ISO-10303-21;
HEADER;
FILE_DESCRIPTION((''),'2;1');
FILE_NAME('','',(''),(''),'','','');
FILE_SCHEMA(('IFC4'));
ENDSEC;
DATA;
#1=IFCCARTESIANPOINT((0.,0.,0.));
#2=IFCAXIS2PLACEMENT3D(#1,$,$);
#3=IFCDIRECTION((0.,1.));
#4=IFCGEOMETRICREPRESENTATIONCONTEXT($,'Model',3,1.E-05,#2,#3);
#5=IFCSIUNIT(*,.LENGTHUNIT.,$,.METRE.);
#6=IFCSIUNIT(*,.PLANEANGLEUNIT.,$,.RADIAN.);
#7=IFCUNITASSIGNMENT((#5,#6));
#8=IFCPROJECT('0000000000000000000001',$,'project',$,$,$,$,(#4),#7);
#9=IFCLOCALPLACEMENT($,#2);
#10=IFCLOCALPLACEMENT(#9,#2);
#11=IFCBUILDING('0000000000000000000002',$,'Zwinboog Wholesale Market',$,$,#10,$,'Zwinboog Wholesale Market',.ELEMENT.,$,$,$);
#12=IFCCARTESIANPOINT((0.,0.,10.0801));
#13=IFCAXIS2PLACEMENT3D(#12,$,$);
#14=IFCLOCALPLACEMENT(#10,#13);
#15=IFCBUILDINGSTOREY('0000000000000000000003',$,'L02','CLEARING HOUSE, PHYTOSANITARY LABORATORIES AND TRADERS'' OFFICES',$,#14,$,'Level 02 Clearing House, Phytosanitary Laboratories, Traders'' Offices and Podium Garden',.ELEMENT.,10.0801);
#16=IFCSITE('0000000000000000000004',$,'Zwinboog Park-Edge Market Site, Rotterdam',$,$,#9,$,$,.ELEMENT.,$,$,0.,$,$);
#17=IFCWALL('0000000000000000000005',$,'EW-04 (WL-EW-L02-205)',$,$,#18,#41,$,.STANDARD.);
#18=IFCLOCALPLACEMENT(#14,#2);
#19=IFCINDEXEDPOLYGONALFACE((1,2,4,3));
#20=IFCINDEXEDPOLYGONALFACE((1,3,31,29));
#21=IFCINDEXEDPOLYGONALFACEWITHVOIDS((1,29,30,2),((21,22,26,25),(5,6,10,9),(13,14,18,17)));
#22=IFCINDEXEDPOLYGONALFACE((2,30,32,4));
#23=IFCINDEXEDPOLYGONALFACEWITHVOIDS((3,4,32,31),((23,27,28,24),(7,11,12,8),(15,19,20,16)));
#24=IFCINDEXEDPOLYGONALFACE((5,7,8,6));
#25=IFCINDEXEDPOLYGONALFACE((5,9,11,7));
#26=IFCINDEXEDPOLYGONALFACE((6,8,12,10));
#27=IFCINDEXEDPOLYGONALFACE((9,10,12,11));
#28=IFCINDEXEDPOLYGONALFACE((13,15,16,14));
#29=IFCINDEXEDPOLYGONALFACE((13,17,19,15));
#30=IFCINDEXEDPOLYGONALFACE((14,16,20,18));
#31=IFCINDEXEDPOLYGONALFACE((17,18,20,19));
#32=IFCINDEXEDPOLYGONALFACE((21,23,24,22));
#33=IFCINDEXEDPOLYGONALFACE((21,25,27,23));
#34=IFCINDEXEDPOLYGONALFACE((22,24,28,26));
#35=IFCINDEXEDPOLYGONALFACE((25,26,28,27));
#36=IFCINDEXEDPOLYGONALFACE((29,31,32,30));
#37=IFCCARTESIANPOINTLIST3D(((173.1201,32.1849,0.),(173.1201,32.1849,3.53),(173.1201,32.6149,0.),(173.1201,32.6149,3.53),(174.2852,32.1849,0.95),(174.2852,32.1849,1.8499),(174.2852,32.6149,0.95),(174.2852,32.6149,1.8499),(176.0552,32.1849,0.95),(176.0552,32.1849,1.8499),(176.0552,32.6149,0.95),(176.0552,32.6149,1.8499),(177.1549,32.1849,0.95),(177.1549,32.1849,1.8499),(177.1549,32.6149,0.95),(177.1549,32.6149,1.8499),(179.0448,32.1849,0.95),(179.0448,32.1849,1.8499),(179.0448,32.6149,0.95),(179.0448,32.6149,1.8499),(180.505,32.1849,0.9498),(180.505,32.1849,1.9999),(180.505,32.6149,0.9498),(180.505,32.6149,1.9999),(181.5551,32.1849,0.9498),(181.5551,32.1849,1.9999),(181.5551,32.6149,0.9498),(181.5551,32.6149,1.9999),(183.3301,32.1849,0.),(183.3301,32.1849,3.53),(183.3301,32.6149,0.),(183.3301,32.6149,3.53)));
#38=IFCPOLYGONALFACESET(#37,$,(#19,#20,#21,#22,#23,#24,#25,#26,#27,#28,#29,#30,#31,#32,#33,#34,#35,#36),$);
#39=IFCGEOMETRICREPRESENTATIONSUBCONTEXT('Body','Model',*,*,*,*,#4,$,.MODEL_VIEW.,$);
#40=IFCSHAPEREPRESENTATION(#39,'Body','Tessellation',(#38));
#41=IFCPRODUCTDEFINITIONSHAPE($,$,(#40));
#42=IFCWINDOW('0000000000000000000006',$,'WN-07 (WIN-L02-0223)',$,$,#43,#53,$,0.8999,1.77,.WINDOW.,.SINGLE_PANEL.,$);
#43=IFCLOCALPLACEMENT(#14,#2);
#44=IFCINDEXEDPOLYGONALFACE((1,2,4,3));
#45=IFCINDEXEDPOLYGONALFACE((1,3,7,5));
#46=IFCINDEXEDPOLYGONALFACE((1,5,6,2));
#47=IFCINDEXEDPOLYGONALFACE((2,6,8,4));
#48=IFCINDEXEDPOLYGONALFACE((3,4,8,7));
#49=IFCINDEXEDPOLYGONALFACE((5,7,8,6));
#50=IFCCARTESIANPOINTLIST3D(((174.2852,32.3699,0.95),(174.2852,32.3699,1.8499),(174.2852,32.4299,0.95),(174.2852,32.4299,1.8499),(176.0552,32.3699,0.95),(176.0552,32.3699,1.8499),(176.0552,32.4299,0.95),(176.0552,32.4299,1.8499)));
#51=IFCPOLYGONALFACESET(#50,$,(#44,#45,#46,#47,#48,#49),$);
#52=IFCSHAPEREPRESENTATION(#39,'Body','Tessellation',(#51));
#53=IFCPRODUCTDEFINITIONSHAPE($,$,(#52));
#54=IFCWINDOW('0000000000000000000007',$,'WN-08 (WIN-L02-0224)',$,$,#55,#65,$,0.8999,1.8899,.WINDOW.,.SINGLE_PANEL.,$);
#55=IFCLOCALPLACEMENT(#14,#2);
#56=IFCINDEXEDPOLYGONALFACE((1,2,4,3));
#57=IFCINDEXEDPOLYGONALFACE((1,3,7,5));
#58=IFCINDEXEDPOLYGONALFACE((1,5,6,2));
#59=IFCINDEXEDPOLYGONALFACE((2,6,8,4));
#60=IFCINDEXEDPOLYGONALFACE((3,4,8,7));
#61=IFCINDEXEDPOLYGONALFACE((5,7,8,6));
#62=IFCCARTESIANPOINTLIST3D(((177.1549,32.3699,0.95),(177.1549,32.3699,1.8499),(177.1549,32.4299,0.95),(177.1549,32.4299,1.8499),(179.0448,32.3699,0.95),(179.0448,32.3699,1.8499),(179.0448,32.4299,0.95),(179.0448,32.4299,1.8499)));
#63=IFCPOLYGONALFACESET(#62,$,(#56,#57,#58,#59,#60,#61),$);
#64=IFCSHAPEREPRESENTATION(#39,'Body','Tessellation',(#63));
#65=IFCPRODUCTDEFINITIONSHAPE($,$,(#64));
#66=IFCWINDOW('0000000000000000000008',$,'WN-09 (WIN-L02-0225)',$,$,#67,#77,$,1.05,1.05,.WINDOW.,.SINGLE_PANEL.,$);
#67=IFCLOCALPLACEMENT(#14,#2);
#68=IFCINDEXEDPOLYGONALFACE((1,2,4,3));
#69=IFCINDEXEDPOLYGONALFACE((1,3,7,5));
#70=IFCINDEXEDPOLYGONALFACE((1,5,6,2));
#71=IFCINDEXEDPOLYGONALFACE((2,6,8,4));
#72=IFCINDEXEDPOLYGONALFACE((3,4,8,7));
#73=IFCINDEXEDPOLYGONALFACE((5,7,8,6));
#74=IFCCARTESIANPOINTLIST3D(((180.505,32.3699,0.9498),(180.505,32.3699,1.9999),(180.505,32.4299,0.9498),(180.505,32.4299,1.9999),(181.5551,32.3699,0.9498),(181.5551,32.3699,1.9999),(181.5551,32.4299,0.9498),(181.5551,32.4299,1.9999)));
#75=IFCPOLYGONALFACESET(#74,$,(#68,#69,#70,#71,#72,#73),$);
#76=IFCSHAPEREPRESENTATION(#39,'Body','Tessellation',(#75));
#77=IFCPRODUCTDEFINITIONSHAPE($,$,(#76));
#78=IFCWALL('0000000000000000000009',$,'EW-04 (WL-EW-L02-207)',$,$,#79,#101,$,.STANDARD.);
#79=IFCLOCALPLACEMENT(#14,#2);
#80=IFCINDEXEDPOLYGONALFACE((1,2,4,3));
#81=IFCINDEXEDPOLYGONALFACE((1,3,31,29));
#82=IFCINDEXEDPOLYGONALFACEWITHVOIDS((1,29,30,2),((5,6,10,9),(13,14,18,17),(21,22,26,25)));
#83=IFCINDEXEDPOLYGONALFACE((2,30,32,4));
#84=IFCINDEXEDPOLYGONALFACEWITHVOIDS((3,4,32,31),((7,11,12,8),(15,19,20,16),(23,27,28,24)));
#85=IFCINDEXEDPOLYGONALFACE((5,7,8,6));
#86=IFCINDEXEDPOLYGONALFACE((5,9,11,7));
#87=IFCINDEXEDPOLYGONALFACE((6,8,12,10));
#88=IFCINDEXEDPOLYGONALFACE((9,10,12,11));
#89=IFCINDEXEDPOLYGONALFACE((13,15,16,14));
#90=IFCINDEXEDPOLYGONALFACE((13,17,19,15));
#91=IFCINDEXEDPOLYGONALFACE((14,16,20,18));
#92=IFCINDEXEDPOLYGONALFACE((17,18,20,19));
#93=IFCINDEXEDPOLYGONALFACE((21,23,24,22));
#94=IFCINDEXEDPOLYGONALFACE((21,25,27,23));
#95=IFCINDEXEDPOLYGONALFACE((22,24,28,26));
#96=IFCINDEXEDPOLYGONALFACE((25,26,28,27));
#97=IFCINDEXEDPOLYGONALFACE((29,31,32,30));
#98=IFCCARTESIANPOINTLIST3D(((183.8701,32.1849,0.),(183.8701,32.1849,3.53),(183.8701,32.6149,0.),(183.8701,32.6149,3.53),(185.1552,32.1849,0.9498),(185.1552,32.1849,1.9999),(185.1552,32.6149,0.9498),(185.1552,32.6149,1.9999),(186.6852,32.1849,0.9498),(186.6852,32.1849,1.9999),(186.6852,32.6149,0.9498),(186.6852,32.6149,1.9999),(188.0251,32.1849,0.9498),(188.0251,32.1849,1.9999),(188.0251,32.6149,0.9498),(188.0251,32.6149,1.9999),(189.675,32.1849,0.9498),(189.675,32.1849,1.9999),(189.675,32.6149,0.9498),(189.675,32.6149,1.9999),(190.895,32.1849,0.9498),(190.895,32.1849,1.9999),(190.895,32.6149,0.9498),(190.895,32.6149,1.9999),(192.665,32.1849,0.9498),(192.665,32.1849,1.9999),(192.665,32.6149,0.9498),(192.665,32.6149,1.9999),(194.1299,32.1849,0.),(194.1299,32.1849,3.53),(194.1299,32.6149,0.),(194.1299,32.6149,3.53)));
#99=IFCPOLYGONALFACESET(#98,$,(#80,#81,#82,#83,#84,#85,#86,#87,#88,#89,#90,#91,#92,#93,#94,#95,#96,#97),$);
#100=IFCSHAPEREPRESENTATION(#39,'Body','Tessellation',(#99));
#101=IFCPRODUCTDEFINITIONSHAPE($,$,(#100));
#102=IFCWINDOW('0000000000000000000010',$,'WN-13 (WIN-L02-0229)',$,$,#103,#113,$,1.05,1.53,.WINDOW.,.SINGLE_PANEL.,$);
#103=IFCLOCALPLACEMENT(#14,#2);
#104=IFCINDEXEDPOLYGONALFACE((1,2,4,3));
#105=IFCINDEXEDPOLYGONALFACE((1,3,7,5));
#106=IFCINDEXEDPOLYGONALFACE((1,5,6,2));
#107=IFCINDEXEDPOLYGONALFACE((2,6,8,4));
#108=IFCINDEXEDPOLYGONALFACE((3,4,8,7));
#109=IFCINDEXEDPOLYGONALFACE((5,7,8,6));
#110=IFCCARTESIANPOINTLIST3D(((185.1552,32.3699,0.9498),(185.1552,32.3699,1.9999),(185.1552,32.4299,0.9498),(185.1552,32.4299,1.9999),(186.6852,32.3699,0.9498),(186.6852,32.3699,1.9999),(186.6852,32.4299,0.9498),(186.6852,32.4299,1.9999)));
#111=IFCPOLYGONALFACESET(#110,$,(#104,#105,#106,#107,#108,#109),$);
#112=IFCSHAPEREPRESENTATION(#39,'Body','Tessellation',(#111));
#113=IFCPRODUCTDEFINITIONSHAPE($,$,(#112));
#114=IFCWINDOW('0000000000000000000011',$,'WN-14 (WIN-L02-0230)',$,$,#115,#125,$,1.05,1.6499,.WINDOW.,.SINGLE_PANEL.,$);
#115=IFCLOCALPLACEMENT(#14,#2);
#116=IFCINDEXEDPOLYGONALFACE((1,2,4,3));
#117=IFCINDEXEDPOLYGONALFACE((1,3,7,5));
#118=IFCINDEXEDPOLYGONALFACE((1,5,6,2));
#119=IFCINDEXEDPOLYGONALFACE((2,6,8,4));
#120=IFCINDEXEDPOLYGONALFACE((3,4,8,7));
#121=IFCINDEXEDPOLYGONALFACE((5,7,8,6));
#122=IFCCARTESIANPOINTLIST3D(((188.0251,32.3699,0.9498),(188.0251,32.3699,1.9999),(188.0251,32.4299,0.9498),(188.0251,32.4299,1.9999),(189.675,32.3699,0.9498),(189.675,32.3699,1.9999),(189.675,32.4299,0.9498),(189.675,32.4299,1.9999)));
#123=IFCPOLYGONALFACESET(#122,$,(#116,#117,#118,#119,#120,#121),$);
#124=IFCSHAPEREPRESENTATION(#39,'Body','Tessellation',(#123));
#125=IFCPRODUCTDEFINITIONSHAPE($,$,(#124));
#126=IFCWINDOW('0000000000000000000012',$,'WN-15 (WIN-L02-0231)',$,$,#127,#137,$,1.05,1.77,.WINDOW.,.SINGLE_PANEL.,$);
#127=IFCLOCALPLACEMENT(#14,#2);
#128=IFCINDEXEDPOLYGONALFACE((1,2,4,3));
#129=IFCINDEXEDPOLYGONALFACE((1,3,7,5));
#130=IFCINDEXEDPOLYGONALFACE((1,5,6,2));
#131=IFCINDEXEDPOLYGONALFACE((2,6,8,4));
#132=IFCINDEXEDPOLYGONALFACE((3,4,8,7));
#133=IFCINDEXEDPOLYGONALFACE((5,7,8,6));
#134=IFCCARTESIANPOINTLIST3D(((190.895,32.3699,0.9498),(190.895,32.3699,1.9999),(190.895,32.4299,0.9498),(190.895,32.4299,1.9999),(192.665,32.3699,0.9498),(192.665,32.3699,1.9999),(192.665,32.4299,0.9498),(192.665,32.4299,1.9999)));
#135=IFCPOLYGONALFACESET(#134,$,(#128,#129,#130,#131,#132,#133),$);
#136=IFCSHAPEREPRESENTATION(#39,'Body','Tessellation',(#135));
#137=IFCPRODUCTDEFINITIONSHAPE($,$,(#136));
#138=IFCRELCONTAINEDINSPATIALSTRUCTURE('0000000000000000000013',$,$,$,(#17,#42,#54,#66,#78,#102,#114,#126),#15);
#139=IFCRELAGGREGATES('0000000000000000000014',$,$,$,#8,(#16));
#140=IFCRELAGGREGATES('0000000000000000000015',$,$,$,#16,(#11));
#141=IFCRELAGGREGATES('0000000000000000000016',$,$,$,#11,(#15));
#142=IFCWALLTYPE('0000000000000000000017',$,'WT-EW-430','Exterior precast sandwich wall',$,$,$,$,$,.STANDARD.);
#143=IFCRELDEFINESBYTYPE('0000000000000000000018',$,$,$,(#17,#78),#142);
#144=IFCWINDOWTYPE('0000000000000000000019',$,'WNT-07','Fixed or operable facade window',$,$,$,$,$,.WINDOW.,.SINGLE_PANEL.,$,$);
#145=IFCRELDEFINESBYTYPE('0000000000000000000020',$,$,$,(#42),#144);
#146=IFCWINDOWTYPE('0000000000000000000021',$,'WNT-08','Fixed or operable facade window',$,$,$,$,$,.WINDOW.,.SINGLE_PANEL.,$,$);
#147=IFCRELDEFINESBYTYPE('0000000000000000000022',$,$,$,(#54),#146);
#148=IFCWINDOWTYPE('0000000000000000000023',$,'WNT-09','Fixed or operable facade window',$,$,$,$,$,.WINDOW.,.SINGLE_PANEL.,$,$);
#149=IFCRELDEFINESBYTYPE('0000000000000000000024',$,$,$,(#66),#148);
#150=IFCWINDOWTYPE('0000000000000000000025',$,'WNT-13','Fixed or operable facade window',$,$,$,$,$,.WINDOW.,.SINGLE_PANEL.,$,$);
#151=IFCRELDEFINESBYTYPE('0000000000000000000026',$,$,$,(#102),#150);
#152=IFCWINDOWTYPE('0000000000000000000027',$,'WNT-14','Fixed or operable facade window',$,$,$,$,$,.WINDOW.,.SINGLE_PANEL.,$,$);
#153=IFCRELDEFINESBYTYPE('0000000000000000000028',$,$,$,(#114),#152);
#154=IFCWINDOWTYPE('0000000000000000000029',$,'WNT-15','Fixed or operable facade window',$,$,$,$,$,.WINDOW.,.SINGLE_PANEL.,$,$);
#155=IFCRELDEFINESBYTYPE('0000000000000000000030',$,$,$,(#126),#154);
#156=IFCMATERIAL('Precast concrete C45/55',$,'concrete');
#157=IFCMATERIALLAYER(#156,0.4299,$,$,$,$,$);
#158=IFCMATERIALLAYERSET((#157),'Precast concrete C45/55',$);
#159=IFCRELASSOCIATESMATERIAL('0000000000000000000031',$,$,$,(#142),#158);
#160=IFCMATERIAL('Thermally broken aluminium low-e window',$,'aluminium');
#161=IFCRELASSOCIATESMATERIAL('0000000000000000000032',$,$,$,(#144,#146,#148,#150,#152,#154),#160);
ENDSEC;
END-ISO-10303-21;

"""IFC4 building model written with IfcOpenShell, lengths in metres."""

from ifc_helpers import new_model, si_unit, direction, frame, frame_2d, origin, place, context, subcontext, project, spatial, rectangle, extrude, material, layer, layer_set, type_object, element, fill, save


model = new_model("IFC4")

# Units and contexts
model_context = context("Model", 3, precision=1e-05, world=origin(), true_north=direction((0.0, 1.0)))
body_context = subcontext(model_context, "Body", "Model", "MODEL_VIEW")
ifc_project = project(units=[si_unit("LENGTHUNIT", "METRE"), si_unit("PLANEANGLEUNIT", "RADIAN")], contexts=[model_context])

# Site, building, storey
site_placement = place(None, origin())
site = spatial("IfcSite", under=ifc_project, at=site_placement, Name="Zwinboog Park-Edge Market Site, Rotterdam", CompositionType="ELEMENT", RefElevation=0.0)
building_placement = place(site_placement, origin())
building = spatial("IfcBuilding", under=site, at=building_placement, Name="Zwinboog Wholesale Market", LongName="Zwinboog Wholesale Market", CompositionType="ELEMENT")
storey_placement = place(building_placement, frame((0.0, 0.0, 10.0801)))
storey = spatial("IfcBuildingStorey", under=building, at=storey_placement, Name="L02", Description="CLEARING HOUSE, PHYTOSANITARY LABORATORIES AND TRADERS' OFFICES", LongName="Level 02 Clearing House, Phytosanitary Laboratories, Traders' Offices and Podium Garden", CompositionType="ELEMENT", Elevation=10.0801)

# Shared definitions
ifc_material_1 = material(Name="Precast concrete C45/55", Category="concrete")

# Walls, openings, windows
ifc_layer = layer(ifc_material_1, 0.4299)
ifc_layer_set = layer_set([ifc_layer], Name="Precast concrete C45/55")
wall_type = type_object("IfcWallType", Name="WT-EW-430", Description="Exterior precast sandwich wall", PredefinedType="STANDARD", material=ifc_layer_set)
wall_1_placement = place(storey_placement, frame((173.1201, 32.3999, 0.0), z_axis=(0.0, 0.0, 1.0), x_axis=(1.0, 0.0, 0.0)))
wall_1 = element("IfcWall", 1, at=wall_1_placement, inside=storey, type_object=wall_type, Name="EW-04 (WL-EW-L02-205)", PredefinedType="STANDARD", context=body_context, shape_type="SweptSolid", body=[
    extrude(rectangle(XDim=10.21, YDim=0.4299, at=frame_2d((5.105, 0.0))), origin(), (0.0, 0.0, 1.0), 3.53),
])
opening_1_placement = place(wall_1_placement, frame((1.165, 0.0, 0.95)))
opening_1 = element("IfcOpeningElement", 2, at=opening_1_placement, cuts=wall_1, PredefinedType="OPENING", context=body_context, shape_type="SweptSolid", body=[
    extrude(rectangle(XDim=1.77, YDim=0.8999, at=frame_2d((0.885, 0.45))), frame((0.0, 0.2249, 0.0), z_axis=(0.0, -1.0, 0.0), x_axis=(1.0, 0.0, 0.0)), (0.0, 0.0, 1.0), 0.45),
])
opening_2_placement = place(wall_1_placement, frame((4.0349, 0.0, 0.95)))
opening_2 = element("IfcOpeningElement", 3, at=opening_2_placement, cuts=wall_1, PredefinedType="OPENING", context=body_context, shape_type="SweptSolid", body=[
    extrude(rectangle(XDim=1.8899, YDim=0.8999, at=frame_2d((0.9448, 0.45))), frame((0.0, 0.2249, 0.0), z_axis=(0.0, -1.0, 0.0), x_axis=(1.0, 0.0, 0.0)), (0.0, 0.0, 1.0), 0.45),
])
opening_3_placement = place(wall_1_placement, frame((7.385, 0.0, 0.95)))
opening_3 = element("IfcOpeningElement", 4, at=opening_3_placement, cuts=wall_1, PredefinedType="OPENING", context=body_context, shape_type="SweptSolid", body=[
    extrude(rectangle(XDim=1.05, YDim=1.05, at=frame_2d((0.5249, 0.5249))), frame((0.0, 0.2249, 0.0), z_axis=(0.0, -1.0, 0.0), x_axis=(1.0, 0.0, 0.0)), (0.0, 0.0, 1.0), 0.45),
])
ifc_material_2 = material(Name="Thermally broken aluminium low-e window", Category="aluminium")
window_type_1 = type_object("IfcWindowType", Name="WNT-07", Description="Fixed or operable facade window", PartitioningType="SINGLE_PANEL", PredefinedType="WINDOW", material=ifc_material_2)
window_1_placement = place(opening_1_placement, origin())
window_1 = element("IfcWindow", 5, at=window_1_placement, inside=storey, type_object=window_type_1, Name="WN-07 (WIN-L02-0223)", OverallHeight=0.8999, OverallWidth=1.77, PartitioningType="SINGLE_PANEL", PredefinedType="WINDOW", context=body_context, shape_type="SweptSolid", body=[
    extrude(rectangle(XDim=1.77, YDim=0.8999, at=frame_2d((0.885, 0.45))), frame((0.0, 0.03, 0.0), z_axis=(0.0, -1.0, 0.0), x_axis=(1.0, 0.0, 0.0)), (0.0, 0.0, 1.0), 0.0601),
])
fill(opening_1, window_1)
window_type_2 = type_object("IfcWindowType", Name="WNT-08", Description="Fixed or operable facade window", PartitioningType="SINGLE_PANEL", PredefinedType="WINDOW", material=ifc_material_2)
window_2_placement = place(opening_2_placement, origin())
window_2 = element("IfcWindow", 6, at=window_2_placement, inside=storey, type_object=window_type_2, Name="WN-08 (WIN-L02-0224)", OverallHeight=0.8999, OverallWidth=1.8899, PartitioningType="SINGLE_PANEL", PredefinedType="WINDOW", context=body_context, shape_type="SweptSolid", body=[
    extrude(rectangle(XDim=1.8899, YDim=0.8999, at=frame_2d((0.9448, 0.45))), frame((0.0, 0.03, 0.0), z_axis=(0.0, -1.0, 0.0), x_axis=(1.0, 0.0, 0.0)), (0.0, 0.0, 1.0), 0.0601),
])
fill(opening_2, window_2)
window_type_3 = type_object("IfcWindowType", Name="WNT-09", Description="Fixed or operable facade window", PartitioningType="SINGLE_PANEL", PredefinedType="WINDOW", material=ifc_material_2)
window_3_placement = place(opening_3_placement, origin())
window_3 = element("IfcWindow", 7, at=window_3_placement, inside=storey, type_object=window_type_3, Name="WN-09 (WIN-L02-0225)", OverallHeight=1.05, OverallWidth=1.05, PartitioningType="SINGLE_PANEL", PredefinedType="WINDOW", context=body_context, shape_type="SweptSolid", body=[
    extrude(rectangle(XDim=1.05, YDim=1.05, at=frame_2d((0.5249, 0.5249))), frame((0.0, 0.03, 0.0), z_axis=(0.0, -1.0, 0.0), x_axis=(1.0, 0.0, 0.0)), (0.0, 0.0, 1.0), 0.0601),
])
fill(opening_3, window_3)
wall_2_placement = place(storey_placement, frame((183.8701, 32.3999, 0.0), z_axis=(0.0, 0.0, 1.0), x_axis=(1.0, 0.0, 0.0)))
wall_2 = element("IfcWall", 8, at=wall_2_placement, inside=storey, type_object=wall_type, Name="EW-04 (WL-EW-L02-207)", PredefinedType="STANDARD", context=body_context, shape_type="SweptSolid", body=[
    extrude(rectangle(XDim=10.2598, YDim=0.4299, at=frame_2d((5.1299, 0.0))), origin(), (0.0, 0.0, 1.0), 3.53),
])
opening_4_placement = place(wall_2_placement, frame((1.2849, 0.0, 0.95)))
opening_4 = element("IfcOpeningElement", 9, at=opening_4_placement, cuts=wall_2, PredefinedType="OPENING", context=body_context, shape_type="SweptSolid", body=[
    extrude(rectangle(XDim=1.53, YDim=1.05, at=frame_2d((0.7651, 0.5249))), frame((0.0, 0.2249, 0.0), z_axis=(0.0, -1.0, 0.0), x_axis=(1.0, 0.0, 0.0)), (0.0, 0.0, 1.0), 0.45),
])
opening_5_placement = place(wall_2_placement, frame((4.155, 0.0, 0.95)))
opening_5 = element("IfcOpeningElement", 10, at=opening_5_placement, cuts=wall_2, PredefinedType="OPENING", context=body_context, shape_type="SweptSolid", body=[
    extrude(rectangle(XDim=1.6499, YDim=1.05, at=frame_2d((0.825, 0.5249))), frame((0.0, 0.2249, 0.0), z_axis=(0.0, -1.0, 0.0), x_axis=(1.0, 0.0, 0.0)), (0.0, 0.0, 1.0), 0.45),
])
opening_6_placement = place(wall_2_placement, frame((7.0249, 0.0, 0.95)))
opening_6 = element("IfcOpeningElement", 11, at=opening_6_placement, cuts=wall_2, PredefinedType="OPENING", context=body_context, shape_type="SweptSolid", body=[
    extrude(rectangle(XDim=1.77, YDim=1.05, at=frame_2d((0.885, 0.5249))), frame((0.0, 0.2249, 0.0), z_axis=(0.0, -1.0, 0.0), x_axis=(1.0, 0.0, 0.0)), (0.0, 0.0, 1.0), 0.45),
])
window_type_4 = type_object("IfcWindowType", Name="WNT-13", Description="Fixed or operable facade window", PartitioningType="SINGLE_PANEL", PredefinedType="WINDOW", material=ifc_material_2)
window_4_placement = place(opening_4_placement, origin())
window_4 = element("IfcWindow", 12, at=window_4_placement, inside=storey, type_object=window_type_4, Name="WN-13 (WIN-L02-0229)", OverallHeight=1.05, OverallWidth=1.53, PartitioningType="SINGLE_PANEL", PredefinedType="WINDOW", context=body_context, shape_type="SweptSolid", body=[
    extrude(rectangle(XDim=1.53, YDim=1.05, at=frame_2d((0.7651, 0.5249))), frame((0.0, 0.03, 0.0), z_axis=(0.0, -1.0, 0.0), x_axis=(1.0, 0.0, 0.0)), (0.0, 0.0, 1.0), 0.0601),
])
fill(opening_4, window_4)
window_type_5 = type_object("IfcWindowType", Name="WNT-14", Description="Fixed or operable facade window", PartitioningType="SINGLE_PANEL", PredefinedType="WINDOW", material=ifc_material_2)
window_5_placement = place(opening_5_placement, origin())
window_5 = element("IfcWindow", 13, at=window_5_placement, inside=storey, type_object=window_type_5, Name="WN-14 (WIN-L02-0230)", OverallHeight=1.05, OverallWidth=1.6499, PartitioningType="SINGLE_PANEL", PredefinedType="WINDOW", context=body_context, shape_type="SweptSolid", body=[
    extrude(rectangle(XDim=1.6499, YDim=1.05, at=frame_2d((0.825, 0.5249))), frame((0.0, 0.03, 0.0), z_axis=(0.0, -1.0, 0.0), x_axis=(1.0, 0.0, 0.0)), (0.0, 0.0, 1.0), 0.0601),
])
fill(opening_5, window_5)
window_type_6 = type_object("IfcWindowType", Name="WNT-15", Description="Fixed or operable facade window", PartitioningType="SINGLE_PANEL", PredefinedType="WINDOW", material=ifc_material_2)
window_6_placement = place(opening_6_placement, origin())
window_6 = element("IfcWindow", 14, at=window_6_placement, inside=storey, type_object=window_type_6, Name="WN-15 (WIN-L02-0231)", OverallHeight=1.05, OverallWidth=1.77, PartitioningType="SINGLE_PANEL", PredefinedType="WINDOW", context=body_context, shape_type="SweptSolid", body=[
    extrude(rectangle(XDim=1.77, YDim=1.05, at=frame_2d((0.885, 0.5249))), frame((0.0, 0.03, 0.0), z_axis=(0.0, -1.0, 0.0), x_axis=(1.0, 0.0, 0.0)), (0.0, 0.0, 1.0), 0.0601),
])
fill(opening_6, window_6)

save(model, "model.ifc")
